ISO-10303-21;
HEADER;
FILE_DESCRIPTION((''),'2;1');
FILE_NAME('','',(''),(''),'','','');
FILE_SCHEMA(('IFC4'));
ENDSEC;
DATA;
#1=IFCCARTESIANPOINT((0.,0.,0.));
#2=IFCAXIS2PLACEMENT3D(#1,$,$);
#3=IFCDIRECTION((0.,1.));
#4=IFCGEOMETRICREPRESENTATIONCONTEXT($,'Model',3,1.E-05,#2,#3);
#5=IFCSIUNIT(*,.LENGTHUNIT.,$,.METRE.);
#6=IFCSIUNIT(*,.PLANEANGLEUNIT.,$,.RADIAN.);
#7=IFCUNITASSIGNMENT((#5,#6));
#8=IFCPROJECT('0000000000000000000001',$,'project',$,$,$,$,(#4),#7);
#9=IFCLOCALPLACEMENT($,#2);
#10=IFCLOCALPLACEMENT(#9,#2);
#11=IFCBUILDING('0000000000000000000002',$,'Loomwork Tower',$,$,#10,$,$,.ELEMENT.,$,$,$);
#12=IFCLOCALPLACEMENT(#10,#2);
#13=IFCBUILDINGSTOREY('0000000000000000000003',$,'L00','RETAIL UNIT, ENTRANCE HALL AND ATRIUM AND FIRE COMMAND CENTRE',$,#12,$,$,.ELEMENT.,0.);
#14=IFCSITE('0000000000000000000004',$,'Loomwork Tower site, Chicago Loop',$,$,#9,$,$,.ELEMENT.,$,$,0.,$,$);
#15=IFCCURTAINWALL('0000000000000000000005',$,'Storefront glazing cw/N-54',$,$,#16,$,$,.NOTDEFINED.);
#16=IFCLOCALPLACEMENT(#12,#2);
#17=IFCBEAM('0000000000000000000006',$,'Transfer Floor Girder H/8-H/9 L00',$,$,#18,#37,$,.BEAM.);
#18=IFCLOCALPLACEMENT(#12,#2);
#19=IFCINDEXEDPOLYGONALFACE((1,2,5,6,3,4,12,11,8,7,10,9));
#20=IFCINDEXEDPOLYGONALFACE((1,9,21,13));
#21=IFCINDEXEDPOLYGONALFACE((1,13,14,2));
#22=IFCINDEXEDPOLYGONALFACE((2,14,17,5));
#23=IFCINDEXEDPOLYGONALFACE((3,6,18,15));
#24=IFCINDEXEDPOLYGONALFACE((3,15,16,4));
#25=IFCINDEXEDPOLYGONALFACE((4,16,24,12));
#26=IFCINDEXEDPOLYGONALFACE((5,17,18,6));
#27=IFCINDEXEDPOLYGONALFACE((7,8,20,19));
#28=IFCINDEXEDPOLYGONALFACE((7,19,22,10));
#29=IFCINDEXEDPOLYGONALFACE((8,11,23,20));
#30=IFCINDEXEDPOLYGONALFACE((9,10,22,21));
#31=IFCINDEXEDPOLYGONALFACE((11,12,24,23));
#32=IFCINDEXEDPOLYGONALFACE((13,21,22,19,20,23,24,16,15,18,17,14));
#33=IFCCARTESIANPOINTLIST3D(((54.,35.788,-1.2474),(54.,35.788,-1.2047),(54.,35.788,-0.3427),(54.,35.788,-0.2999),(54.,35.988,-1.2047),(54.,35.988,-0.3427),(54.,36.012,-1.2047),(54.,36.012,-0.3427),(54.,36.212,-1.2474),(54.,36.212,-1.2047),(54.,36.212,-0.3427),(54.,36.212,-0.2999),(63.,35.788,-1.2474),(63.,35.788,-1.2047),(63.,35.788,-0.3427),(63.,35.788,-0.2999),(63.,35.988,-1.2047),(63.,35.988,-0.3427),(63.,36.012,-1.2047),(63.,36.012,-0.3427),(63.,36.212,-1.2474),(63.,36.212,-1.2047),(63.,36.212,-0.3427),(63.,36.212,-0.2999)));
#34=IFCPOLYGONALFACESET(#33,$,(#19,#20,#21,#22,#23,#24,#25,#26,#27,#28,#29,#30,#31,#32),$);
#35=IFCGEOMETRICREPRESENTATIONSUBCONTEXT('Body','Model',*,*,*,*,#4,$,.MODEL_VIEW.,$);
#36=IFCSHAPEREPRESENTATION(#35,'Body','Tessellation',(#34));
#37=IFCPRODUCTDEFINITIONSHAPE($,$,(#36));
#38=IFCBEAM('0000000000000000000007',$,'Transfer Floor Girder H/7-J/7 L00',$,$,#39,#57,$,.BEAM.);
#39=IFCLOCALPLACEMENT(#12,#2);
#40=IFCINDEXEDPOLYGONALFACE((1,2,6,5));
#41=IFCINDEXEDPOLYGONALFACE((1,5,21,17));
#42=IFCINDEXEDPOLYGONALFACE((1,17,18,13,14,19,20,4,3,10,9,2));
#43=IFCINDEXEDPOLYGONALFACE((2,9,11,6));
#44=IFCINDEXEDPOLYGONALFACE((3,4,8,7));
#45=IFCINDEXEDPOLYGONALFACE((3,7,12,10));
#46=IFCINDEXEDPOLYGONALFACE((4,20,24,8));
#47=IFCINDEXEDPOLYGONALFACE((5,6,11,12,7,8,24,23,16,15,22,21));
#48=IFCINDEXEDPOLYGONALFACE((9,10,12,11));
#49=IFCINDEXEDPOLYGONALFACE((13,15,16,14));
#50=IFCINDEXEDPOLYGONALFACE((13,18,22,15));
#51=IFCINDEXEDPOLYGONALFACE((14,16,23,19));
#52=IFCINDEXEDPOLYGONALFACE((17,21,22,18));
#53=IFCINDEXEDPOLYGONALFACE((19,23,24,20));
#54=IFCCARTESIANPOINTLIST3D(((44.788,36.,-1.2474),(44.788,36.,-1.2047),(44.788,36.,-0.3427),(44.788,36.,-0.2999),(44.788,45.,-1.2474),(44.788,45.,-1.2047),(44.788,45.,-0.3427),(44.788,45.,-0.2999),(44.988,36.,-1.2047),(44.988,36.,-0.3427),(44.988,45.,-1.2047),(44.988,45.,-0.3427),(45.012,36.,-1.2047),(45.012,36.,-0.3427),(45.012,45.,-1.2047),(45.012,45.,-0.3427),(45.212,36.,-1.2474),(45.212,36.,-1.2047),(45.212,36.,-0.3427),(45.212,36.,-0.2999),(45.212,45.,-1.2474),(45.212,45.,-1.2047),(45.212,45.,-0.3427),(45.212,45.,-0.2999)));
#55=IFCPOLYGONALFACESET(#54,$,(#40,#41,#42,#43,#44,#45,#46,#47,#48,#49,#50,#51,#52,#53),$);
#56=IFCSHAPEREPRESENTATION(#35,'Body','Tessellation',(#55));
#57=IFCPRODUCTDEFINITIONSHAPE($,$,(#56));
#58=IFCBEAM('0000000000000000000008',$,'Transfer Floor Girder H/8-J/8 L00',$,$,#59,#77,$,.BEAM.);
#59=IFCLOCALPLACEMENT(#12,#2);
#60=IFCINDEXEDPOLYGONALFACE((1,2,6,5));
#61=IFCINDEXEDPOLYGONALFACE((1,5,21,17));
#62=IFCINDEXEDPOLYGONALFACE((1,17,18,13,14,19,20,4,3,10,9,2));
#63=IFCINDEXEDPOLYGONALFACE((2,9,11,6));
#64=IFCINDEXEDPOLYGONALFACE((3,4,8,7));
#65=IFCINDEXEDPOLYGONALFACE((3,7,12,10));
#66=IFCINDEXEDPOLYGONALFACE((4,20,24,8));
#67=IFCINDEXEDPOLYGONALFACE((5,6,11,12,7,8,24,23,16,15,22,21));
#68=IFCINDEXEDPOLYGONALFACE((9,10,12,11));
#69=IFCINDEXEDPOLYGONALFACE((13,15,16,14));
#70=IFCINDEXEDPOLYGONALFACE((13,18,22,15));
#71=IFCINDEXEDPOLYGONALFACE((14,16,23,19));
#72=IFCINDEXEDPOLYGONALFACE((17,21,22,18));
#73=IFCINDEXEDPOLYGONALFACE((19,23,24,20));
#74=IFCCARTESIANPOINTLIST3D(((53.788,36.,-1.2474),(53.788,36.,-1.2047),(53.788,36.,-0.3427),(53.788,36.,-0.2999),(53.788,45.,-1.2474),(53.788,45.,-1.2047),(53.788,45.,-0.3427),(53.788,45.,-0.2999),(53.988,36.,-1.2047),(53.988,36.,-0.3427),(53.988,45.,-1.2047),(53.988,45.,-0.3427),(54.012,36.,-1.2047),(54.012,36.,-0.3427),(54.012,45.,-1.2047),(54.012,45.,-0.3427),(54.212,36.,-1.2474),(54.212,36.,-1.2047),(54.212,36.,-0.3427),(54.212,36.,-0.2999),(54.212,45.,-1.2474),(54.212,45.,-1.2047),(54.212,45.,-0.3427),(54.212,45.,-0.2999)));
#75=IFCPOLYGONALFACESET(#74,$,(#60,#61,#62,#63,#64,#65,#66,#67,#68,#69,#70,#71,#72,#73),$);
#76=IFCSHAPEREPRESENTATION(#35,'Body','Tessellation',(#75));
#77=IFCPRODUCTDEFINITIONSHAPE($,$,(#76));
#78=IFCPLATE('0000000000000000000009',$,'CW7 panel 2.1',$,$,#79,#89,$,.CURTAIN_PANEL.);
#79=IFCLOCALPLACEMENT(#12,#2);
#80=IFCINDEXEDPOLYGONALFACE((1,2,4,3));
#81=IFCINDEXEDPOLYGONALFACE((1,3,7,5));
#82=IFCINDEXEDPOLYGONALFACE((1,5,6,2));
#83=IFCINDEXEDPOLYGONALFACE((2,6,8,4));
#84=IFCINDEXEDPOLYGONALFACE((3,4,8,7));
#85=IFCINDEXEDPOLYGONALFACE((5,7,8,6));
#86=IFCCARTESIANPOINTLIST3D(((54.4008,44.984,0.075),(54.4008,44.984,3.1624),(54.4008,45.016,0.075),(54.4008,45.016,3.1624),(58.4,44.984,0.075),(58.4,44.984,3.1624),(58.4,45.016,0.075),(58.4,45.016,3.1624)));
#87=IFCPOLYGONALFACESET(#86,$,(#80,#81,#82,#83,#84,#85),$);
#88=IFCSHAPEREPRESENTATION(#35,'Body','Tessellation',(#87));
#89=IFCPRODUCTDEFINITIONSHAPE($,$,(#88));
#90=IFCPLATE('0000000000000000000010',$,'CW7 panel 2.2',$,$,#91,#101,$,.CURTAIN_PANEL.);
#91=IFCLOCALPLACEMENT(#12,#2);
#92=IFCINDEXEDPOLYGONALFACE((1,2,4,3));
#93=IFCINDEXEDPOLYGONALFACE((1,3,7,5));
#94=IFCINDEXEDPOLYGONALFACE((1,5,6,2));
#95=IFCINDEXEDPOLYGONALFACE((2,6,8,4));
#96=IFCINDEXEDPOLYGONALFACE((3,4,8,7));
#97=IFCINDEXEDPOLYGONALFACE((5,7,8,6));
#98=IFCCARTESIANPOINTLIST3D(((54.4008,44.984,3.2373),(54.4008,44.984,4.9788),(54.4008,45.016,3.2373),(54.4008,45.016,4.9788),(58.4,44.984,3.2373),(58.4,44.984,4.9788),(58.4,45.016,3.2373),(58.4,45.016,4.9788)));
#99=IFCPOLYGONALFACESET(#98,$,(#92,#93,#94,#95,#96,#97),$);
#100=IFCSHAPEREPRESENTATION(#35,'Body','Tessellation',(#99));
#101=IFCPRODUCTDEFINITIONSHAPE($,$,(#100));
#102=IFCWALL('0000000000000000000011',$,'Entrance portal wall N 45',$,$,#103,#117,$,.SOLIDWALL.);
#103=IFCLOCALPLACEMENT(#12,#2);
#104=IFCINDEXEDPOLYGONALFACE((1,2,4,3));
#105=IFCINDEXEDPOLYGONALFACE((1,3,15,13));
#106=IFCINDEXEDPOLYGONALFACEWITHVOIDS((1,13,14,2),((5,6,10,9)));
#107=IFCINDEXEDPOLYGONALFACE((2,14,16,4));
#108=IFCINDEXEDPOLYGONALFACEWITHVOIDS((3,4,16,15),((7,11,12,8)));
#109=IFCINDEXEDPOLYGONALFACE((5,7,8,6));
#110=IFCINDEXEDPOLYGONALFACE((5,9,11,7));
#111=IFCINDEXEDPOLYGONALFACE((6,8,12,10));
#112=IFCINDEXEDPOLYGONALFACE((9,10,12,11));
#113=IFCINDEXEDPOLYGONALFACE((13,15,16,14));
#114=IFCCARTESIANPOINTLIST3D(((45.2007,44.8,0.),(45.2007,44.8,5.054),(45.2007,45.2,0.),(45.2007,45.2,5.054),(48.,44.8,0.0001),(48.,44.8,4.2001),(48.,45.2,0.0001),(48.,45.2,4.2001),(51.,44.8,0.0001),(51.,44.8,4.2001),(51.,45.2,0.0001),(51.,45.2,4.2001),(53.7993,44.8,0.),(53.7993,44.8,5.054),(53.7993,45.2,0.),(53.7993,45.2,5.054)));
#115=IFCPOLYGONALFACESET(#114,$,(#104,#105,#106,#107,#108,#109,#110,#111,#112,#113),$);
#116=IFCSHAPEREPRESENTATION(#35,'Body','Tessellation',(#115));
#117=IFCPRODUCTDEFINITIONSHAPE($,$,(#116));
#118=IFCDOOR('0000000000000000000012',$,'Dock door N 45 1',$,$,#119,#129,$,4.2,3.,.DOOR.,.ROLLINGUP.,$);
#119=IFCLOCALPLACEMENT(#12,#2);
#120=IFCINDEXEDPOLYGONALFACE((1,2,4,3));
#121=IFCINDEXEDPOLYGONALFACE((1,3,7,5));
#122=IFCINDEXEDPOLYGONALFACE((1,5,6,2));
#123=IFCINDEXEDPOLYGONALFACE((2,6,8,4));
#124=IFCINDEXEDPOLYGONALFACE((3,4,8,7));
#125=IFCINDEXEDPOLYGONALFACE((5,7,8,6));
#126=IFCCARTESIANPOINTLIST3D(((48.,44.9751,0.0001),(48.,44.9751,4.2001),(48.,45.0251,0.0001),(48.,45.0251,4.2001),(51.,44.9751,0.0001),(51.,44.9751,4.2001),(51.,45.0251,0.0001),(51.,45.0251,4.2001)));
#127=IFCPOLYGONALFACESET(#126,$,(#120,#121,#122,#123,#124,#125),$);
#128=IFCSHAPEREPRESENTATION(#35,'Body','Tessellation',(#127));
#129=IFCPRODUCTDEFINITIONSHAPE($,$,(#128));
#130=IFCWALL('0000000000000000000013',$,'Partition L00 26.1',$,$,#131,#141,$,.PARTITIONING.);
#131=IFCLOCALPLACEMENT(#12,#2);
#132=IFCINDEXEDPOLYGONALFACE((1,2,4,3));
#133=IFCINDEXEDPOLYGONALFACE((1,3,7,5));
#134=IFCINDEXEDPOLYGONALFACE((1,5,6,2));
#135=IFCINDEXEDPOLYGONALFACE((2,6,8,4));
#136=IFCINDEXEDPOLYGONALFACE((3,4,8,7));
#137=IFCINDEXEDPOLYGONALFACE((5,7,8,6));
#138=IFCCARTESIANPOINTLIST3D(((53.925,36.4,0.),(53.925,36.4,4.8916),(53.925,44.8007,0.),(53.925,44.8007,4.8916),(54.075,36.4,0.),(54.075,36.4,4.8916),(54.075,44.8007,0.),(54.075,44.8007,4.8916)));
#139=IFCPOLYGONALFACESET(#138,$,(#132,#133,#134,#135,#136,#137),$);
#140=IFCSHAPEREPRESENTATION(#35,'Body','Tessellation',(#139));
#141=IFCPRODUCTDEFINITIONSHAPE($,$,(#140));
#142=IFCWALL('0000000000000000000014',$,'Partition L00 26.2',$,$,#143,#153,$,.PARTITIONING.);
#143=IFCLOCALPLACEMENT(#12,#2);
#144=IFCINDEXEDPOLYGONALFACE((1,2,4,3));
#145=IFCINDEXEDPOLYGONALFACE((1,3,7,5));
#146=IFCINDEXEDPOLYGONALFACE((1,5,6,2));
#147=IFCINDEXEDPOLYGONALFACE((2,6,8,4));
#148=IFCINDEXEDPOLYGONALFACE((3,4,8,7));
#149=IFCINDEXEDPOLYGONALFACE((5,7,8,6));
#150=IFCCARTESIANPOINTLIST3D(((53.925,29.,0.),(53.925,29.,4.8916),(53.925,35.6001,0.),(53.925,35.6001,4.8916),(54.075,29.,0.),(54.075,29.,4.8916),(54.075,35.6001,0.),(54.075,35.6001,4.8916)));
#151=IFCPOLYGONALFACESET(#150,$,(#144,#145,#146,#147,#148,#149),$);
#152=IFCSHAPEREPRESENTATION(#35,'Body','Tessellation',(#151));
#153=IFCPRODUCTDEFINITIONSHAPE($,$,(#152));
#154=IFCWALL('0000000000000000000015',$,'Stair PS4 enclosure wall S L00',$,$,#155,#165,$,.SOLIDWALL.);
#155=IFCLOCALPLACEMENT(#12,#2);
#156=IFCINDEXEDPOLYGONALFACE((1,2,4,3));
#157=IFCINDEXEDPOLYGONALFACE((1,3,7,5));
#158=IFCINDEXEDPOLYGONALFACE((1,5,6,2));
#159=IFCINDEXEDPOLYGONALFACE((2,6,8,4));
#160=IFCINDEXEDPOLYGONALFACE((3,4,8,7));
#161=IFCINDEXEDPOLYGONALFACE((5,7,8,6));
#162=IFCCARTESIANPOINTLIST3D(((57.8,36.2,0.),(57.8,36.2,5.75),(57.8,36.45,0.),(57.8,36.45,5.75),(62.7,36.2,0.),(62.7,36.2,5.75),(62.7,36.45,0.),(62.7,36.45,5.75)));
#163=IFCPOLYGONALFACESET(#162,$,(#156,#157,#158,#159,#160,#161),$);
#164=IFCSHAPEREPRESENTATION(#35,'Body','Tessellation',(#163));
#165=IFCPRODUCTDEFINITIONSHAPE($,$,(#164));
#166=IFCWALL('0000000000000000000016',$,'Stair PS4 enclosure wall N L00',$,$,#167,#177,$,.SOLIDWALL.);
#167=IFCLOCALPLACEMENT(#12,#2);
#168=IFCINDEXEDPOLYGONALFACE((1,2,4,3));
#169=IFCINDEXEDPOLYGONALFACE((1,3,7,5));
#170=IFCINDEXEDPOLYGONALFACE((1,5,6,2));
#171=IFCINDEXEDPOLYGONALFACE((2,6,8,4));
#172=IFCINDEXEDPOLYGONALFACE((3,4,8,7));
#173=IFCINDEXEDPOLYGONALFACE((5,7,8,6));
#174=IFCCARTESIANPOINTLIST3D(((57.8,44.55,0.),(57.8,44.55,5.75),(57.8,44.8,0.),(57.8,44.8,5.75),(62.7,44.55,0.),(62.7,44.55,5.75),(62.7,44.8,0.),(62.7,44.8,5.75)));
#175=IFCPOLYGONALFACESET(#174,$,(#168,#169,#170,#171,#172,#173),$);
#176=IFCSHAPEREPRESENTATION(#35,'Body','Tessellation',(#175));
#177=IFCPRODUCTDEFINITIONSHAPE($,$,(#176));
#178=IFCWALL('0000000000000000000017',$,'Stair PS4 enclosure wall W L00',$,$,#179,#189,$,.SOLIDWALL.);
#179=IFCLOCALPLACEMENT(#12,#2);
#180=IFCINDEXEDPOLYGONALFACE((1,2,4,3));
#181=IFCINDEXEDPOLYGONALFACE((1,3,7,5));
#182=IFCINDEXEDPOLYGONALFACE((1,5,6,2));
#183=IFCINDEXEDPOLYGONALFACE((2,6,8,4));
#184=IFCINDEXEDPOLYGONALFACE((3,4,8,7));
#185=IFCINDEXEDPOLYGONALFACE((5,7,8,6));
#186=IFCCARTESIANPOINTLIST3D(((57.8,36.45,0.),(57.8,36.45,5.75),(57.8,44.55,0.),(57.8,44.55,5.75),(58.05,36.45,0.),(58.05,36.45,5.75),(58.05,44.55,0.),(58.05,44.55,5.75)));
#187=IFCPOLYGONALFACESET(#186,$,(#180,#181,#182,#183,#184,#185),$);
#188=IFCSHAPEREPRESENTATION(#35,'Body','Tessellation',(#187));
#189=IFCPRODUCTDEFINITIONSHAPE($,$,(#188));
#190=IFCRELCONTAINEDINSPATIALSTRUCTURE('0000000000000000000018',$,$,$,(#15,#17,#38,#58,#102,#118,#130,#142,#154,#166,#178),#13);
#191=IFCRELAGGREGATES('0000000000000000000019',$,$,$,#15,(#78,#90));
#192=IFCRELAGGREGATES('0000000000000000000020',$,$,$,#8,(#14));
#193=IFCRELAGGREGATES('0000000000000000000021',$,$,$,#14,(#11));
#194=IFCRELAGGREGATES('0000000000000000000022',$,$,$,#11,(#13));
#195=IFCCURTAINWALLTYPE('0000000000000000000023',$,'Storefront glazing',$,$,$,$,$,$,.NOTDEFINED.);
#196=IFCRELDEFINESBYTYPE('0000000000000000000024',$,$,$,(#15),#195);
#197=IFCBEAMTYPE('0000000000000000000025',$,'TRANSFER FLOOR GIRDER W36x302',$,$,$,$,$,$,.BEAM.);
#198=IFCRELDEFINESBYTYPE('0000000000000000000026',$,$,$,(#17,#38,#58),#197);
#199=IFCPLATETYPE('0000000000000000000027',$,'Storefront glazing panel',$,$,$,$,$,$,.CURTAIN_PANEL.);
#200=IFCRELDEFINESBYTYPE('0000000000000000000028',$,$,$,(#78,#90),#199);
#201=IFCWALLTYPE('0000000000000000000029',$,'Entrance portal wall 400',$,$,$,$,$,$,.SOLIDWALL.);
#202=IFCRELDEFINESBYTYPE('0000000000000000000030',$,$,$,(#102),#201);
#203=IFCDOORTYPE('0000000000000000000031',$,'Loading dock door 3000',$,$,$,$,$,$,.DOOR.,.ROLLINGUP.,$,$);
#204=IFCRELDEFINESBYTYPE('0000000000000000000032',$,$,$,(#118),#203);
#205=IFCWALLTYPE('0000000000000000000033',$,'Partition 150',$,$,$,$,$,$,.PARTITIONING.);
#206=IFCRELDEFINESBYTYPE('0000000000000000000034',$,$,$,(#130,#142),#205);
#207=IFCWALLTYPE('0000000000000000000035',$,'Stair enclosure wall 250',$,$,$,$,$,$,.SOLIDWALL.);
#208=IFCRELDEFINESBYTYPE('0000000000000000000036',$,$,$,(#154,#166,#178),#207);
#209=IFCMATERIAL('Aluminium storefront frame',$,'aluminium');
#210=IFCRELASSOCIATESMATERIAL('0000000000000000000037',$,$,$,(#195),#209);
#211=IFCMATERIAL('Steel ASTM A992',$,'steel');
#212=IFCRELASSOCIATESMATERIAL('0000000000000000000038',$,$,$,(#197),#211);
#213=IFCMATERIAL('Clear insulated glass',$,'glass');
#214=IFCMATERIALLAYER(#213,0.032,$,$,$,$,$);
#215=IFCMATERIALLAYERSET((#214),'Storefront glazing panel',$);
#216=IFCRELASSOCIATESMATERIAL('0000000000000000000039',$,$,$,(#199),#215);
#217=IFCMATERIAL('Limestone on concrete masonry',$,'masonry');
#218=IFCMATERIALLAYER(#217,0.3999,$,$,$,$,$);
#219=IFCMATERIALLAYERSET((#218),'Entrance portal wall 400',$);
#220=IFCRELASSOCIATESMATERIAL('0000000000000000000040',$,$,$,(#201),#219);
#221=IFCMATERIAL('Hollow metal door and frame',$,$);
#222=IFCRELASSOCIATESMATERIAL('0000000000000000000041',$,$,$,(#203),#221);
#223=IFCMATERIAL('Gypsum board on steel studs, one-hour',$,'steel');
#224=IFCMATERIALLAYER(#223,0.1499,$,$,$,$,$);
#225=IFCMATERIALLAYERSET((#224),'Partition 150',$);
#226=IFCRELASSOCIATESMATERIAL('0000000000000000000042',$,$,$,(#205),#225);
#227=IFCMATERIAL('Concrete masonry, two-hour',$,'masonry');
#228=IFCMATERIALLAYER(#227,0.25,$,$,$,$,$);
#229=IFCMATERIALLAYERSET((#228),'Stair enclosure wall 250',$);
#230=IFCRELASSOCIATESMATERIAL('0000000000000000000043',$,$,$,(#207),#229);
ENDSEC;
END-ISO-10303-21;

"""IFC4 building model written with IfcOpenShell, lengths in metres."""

from ifc_helpers import new_model, si_unit, direction, frame, frame_2d, origin, origin_2d, place, context, subcontext, project, spatial, rectangle, i_section, extrude, material, layer, layer_set, material_profile, profile_set, type_object, element, fill, aggregate, save


model = new_model("IFC4")

# Units and contexts
model_context = context("Model", 3, precision=1e-05, world=origin(), true_north=direction((0.0, 1.0)))
body_context = subcontext(model_context, "Body", "Model", "MODEL_VIEW")
ifc_project = project(units=[si_unit("LENGTHUNIT", "METRE"), si_unit("PLANEANGLEUNIT", "RADIAN")], contexts=[model_context])

# Site, building, storey
site_placement = place(None, origin())
site = spatial("IfcSite", under=ifc_project, at=site_placement, Name="Loomwork Tower site, Chicago Loop", CompositionType="ELEMENT", RefElevation=0.0)
building_placement = place(site_placement, origin())
building = spatial("IfcBuilding", under=site, at=building_placement, Name="Loomwork Tower", CompositionType="ELEMENT")
storey_placement = place(building_placement, origin())
storey = spatial("IfcBuildingStorey", under=building, at=storey_placement, Name="L00", Description="RETAIL UNIT, ENTRANCE HALL AND ATRIUM AND FIRE COMMAND CENTRE", CompositionType="ELEMENT", Elevation=0.0)

# Curtain wall
ifc_material_1 = material(Name="Aluminium storefront frame", Category="aluminium")
curtain_wall_type = type_object("IfcCurtainWallType", Name="Storefront glazing", PredefinedType="NOTDEFINED", material=ifc_material_1)
curtain_wall_placement = place(storey_placement, origin())
curtain_wall = element("IfcCurtainWall", 1, at=curtain_wall_placement, inside=storey, type_object=curtain_wall_type, Name="Storefront glazing cw/N-54", PredefinedType="NOTDEFINED")

# Beams
ifc_material_2 = material(Name="Steel ASTM A992", Category="steel")
ifc_material_profile_1 = material_profile(ifc_material_2, i_section(OverallWidth=0.4241, OverallDepth=0.9475, WebThickness=0.0239, FlangeThickness=0.0427, at=origin_2d()), Name="W36x302")
ifc_profile_set_1 = profile_set([ifc_material_profile_1], Name="Steel ASTM A992")
beam_type_1 = type_object("IfcBeamType", Name="TRANSFER FLOOR GIRDER W36x302", PredefinedType="BEAM", material=ifc_profile_set_1)
for number, where, z_axis, x_axis, name in (
    (2, (54.0, 36.0, -0.7737), (1.0, 0.0, 0.0), (0.0, 1.0, 0.0), "Transfer Floor Girder H/8-H/9 L00"),
    (3, (45.0, 36.0, -0.7737), (0.0, 1.0, 0.0), (-1.0, 0.0, 0.0), "Transfer Floor Girder H/7-J/7 L00"),
    (4, (54.0, 36.0, -0.7737), (0.0, 1.0, 0.0), (-1.0, 0.0, 0.0), "Transfer Floor Girder H/8-J/8 L00"),
):
    element("IfcBeam", number, at=place(storey_placement, frame(where, z_axis=z_axis, x_axis=x_axis)), inside=storey, type_object=beam_type_1, Name=name, PredefinedType="BEAM", context=body_context, shape_type="SweptSolid", body=[
        extrude(i_section(OverallWidth=0.4241, OverallDepth=0.9475, WebThickness=0.0239, FlangeThickness=0.0427, at=origin_2d()), origin(), (0.0, 0.0, 1.0), 9.0),
    ])

# Plates
ifc_material_3 = material(Name="Clear insulated glass", Category="glass")
ifc_layer_1 = layer(ifc_material_3, 0.032)
ifc_layer_set_1 = layer_set([ifc_layer_1], Name="Storefront glazing panel")
plate_type = type_object("IfcPlateType", Name="Storefront glazing panel", PredefinedType="CURTAIN_PANEL", material=ifc_layer_set_1)
plate_1_placement = place(storey_placement, frame((56.4004, 45.0, 0.075), z_axis=(0.0, 0.0, 1.0), x_axis=(-1.0, 0.0, 0.0)))
plate_1 = element("IfcPlate", 5, at=plate_1_placement, type_object=plate_type, Name="CW7 panel 2.1", PredefinedType="CURTAIN_PANEL", context=body_context, shape_type="SweptSolid", body=[
    extrude(rectangle(XDim=3.9993, YDim=0.032, at=origin_2d()), origin(), (0.0, 0.0, 1.0), 3.0874),
])
plate_2_placement = place(storey_placement, frame((56.4004, 45.0, 3.2373), z_axis=(0.0, 0.0, 1.0), x_axis=(-1.0, 0.0, 0.0)))
plate_2 = element("IfcPlate", 6, at=plate_2_placement, type_object=plate_type, Name="CW7 panel 2.2", PredefinedType="CURTAIN_PANEL", context=body_context, shape_type="SweptSolid", body=[
    extrude(rectangle(XDim=3.9993, YDim=0.032, at=origin_2d()), origin(), (0.0, 0.0, 1.0), 1.7415),
])
aggregate(curtain_wall, [plate_1, plate_2])

# Wall, opening, door
ifc_material_4 = material(Name="Limestone on concrete masonry", Category="masonry")
ifc_layer_2 = layer(ifc_material_4, 0.3999)
ifc_layer_set_2 = layer_set([ifc_layer_2], Name="Entrance portal wall 400")
wall_type_1 = type_object("IfcWallType", Name="Entrance portal wall 400", PredefinedType="SOLIDWALL", material=ifc_layer_set_2)
wall_1_placement = place(storey_placement, frame((53.7993, 45.0, 0.0), z_axis=(0.0, 0.0, 1.0), x_axis=(-1.0, 0.0, 0.0)))
wall_1 = element("IfcWall", 7, at=wall_1_placement, inside=storey, type_object=wall_type_1, Name="Entrance portal wall N 45", PredefinedType="SOLIDWALL", context=body_context, shape_type="SweptSolid", body=[
    extrude(rectangle(XDim=8.5986, YDim=0.3999, at=frame_2d((4.2993, 0.0))), origin(), (0.0, 0.0, 1.0), 5.054),
])
opening_placement = place(wall_1_placement, frame((2.7993, 0.0, 0.0)))
opening = element("IfcOpeningElement", 8, at=opening_placement, cuts=wall_1, PredefinedType="OPENING", context=body_context, shape_type="SweptSolid", body=[
    extrude(rectangle(XDim=3.0, YDim=4.2, at=frame_2d((1.5, 2.1001))), frame((0.0, 0.21, 0.0), z_axis=(0.0, -1.0, 0.0), x_axis=(1.0, 0.0, 0.0)), (0.0, 0.0, 1.0), 0.4199),
])
ifc_material_5 = material(Name="Hollow metal door and frame")
door_type = type_object("IfcDoorType", Name="Loading dock door 3000", OperationType="ROLLINGUP", PredefinedType="DOOR", material=ifc_material_5)
door_placement = place(opening_placement, origin())
door = element("IfcDoor", 9, at=door_placement, inside=storey, type_object=door_type, Name="Dock door N 45 1", OperationType="ROLLINGUP", OverallHeight=4.2, OverallWidth=3.0, PredefinedType="DOOR", context=body_context, shape_type="SweptSolid", body=[
    extrude(rectangle(XDim=3.0, YDim=4.2, at=frame_2d((1.5, 2.1001))), frame((0.0, 0.0249, 0.0), z_axis=(0.0, -1.0, 0.0), x_axis=(1.0, 0.0, 0.0)), (0.0, 0.0, 1.0), 0.05),
])
fill(opening, door)

# Walls
ifc_material_6 = material(Name="Gypsum board on steel studs, one-hour", Category="steel")
ifc_layer_3 = layer(ifc_material_6, 0.1499)
ifc_layer_set_3 = layer_set([ifc_layer_3], Name="Partition 150")
wall_type_2 = type_object("IfcWallType", Name="Partition 150", PredefinedType="PARTITIONING", material=ifc_layer_set_3)
wall_2_placement = place(storey_placement, frame((54.0, 44.8005, 0.0), z_axis=(0.0, 0.0, 1.0), x_axis=(0.0, -1.0, 0.0)))
element("IfcWall", 10, at=wall_2_placement, inside=storey, type_object=wall_type_2, Name="Partition L00 26.1", PredefinedType="PARTITIONING", context=body_context, shape_type="SweptSolid", body=[
    extrude(rectangle(XDim=8.4006, YDim=0.1499, at=frame_2d((4.2002, 0.0))), origin(), (0.0, 0.0, 1.0), 4.8916),
])
wall_3_placement = place(storey_placement, frame((54.0, 35.6001, 0.0), z_axis=(0.0, 0.0, 1.0), x_axis=(0.0, -1.0, 0.0)))
element("IfcWall", 11, at=wall_3_placement, inside=storey, type_object=wall_type_2, Name="Partition L00 26.2", PredefinedType="PARTITIONING", context=body_context, shape_type="SweptSolid", body=[
    extrude(rectangle(XDim=6.6001, YDim=0.1499, at=frame_2d((3.3, 0.0))), origin(), (0.0, 0.0, 1.0), 4.8916),
])
ifc_material_7 = material(Name="Concrete masonry, two-hour", Category="masonry")
ifc_layer_4 = layer(ifc_material_7, 0.25)
ifc_layer_set_4 = layer_set([ifc_layer_4], Name="Stair enclosure wall 250")
wall_type_3 = type_object("IfcWallType", Name="Stair enclosure wall 250", PredefinedType="SOLIDWALL", material=ifc_layer_set_4)
for number, where, z_axis, x_axis, name in (
    (12, (57.8, 36.325, 0.0), (0.0, 0.0, 1.0), (1.0, 0.0, 0.0), "Stair PS4 enclosure wall S L00"),
    (13, (57.8, 44.675, 0.0), (0.0, 0.0, 1.0), (1.0, 0.0, 0.0), "Stair PS4 enclosure wall N L00"),
):
    element("IfcWall", number, at=place(storey_placement, frame(where, z_axis=z_axis, x_axis=x_axis)), inside=storey, type_object=wall_type_3, Name=name, PredefinedType="SOLIDWALL", context=body_context, shape_type="SweptSolid", body=[
        extrude(rectangle(XDim=4.8999, YDim=0.25, at=frame_2d((2.45, 0.0))), origin(), (0.0, 0.0, 1.0), 5.75),
    ])
wall_4_placement = place(storey_placement, frame((57.925, 36.45, 0.0), z_axis=(0.0, 0.0, 1.0), x_axis=(0.0, 1.0, 0.0)))
element("IfcWall", 14, at=wall_4_placement, inside=storey, type_object=wall_type_3, Name="Stair PS4 enclosure wall W L00", PredefinedType="SOLIDWALL", context=body_context, shape_type="SweptSolid", body=[
    extrude(rectangle(XDim=8.1001, YDim=0.25, at=frame_2d((4.05, 0.0))), origin(), (0.0, 0.0, 1.0), 5.75),
])

save(model, "model.ifc")
